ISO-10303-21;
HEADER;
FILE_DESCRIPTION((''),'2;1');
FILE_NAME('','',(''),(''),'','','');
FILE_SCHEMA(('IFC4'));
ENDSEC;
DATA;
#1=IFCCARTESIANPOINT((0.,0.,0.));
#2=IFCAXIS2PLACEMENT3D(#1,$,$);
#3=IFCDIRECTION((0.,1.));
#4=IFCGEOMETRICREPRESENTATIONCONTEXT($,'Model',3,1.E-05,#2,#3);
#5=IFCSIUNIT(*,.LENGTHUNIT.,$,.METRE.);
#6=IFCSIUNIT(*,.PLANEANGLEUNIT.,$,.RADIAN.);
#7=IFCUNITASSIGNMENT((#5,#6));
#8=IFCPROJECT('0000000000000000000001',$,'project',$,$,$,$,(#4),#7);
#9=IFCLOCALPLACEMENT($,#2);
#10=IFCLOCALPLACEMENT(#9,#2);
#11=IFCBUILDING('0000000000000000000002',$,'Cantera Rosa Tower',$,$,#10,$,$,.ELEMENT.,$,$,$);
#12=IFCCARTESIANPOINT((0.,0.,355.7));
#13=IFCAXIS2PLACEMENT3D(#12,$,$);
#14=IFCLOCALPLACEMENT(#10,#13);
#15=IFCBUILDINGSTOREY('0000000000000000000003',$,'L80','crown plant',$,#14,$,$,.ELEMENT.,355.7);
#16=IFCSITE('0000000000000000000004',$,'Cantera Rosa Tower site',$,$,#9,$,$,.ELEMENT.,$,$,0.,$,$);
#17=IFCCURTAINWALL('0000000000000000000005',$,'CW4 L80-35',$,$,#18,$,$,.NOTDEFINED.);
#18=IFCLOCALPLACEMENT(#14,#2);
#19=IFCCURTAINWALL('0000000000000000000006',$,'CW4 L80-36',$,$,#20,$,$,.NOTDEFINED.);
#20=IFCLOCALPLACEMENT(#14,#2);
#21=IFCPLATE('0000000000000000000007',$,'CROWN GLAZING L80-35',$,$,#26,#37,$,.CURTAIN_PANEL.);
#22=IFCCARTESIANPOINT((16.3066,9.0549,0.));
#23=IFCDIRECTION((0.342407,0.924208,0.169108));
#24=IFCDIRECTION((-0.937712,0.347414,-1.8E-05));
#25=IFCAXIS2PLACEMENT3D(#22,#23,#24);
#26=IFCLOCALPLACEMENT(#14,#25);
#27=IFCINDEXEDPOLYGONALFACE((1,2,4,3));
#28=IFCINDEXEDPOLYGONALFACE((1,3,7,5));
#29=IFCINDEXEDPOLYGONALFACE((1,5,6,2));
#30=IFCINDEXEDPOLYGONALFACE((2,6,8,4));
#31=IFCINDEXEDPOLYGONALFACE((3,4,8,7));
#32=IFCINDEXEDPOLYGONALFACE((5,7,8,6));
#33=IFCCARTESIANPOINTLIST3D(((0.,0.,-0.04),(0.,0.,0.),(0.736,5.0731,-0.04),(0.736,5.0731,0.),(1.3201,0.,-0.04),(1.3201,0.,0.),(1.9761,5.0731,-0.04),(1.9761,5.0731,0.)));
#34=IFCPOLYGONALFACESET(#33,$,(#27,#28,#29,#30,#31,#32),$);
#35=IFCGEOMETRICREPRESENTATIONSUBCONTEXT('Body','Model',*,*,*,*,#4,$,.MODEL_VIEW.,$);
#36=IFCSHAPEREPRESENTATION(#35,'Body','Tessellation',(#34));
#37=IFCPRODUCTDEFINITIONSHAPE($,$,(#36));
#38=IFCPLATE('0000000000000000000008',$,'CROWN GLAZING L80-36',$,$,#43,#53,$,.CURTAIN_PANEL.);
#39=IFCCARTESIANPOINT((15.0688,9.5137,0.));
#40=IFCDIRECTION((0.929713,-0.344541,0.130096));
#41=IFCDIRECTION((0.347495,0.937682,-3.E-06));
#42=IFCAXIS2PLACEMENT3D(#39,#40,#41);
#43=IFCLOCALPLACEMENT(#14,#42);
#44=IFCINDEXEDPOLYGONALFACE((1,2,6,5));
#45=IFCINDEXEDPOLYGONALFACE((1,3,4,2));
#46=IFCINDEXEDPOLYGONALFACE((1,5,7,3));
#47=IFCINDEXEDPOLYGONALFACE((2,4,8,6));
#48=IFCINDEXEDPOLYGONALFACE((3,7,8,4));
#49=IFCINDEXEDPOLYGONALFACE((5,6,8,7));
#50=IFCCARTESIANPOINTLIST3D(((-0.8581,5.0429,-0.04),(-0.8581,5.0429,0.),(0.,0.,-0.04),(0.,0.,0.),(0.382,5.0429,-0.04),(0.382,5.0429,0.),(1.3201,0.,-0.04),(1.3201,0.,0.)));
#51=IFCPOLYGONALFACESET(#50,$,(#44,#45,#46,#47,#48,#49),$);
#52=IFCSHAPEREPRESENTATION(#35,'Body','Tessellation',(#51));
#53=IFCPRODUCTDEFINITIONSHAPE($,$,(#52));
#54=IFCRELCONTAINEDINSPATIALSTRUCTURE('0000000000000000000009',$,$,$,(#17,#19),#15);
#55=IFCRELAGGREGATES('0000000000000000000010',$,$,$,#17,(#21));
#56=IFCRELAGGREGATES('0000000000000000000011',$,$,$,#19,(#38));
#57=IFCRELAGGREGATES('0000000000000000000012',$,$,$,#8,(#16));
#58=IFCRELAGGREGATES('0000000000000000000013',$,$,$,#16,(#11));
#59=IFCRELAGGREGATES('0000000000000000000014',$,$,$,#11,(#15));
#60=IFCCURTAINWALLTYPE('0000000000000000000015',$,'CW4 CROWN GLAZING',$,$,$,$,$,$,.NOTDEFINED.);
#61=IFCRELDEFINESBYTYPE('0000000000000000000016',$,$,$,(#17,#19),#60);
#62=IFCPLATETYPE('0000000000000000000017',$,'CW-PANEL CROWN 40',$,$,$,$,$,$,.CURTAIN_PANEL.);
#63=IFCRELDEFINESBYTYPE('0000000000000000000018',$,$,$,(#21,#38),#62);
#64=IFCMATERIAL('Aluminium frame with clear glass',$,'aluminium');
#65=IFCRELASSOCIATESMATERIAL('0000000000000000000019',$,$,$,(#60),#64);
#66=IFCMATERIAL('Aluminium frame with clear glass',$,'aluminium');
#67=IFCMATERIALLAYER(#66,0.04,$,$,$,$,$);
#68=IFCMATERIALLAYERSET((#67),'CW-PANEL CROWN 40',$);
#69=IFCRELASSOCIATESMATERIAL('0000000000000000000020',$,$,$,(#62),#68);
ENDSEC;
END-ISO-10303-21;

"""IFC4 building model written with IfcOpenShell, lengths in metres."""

from ifc_helpers import new_model, si_unit, direction, frame, origin, place, context, subcontext, project, spatial, polyline, outline, extrude, material, layer, layer_set, type_object, element, aggregate, save


model = new_model("IFC4")

# Units and contexts
model_context = context("Model", 3, precision=1e-05, world=origin(), true_north=direction((0.0, 1.0)))
body_context = subcontext(model_context, "Body", "Model", "MODEL_VIEW")
ifc_project = project(units=[si_unit("LENGTHUNIT", "METRE"), si_unit("PLANEANGLEUNIT", "RADIAN")], contexts=[model_context])

# Site, building, storey
site_placement = place(None, origin())
site = spatial("IfcSite", under=ifc_project, at=site_placement, Name="Cantera Rosa Tower site", CompositionType="ELEMENT", RefElevation=0.0)
building_placement = place(site_placement, origin())
building = spatial("IfcBuilding", under=site, at=building_placement, Name="Cantera Rosa Tower", CompositionType="ELEMENT")
storey_placement = place(building_placement, frame((0.0, 0.0, 355.7)))
storey = spatial("IfcBuildingStorey", under=building, at=storey_placement, Name="L80", Description="crown plant", CompositionType="ELEMENT", Elevation=355.7)

# Curtain walls
ifc_material_1 = material(Name="Aluminium frame with clear glass", Category="aluminium")
curtain_wall_type = type_object("IfcCurtainWallType", Name="CW4 CROWN GLAZING", PredefinedType="NOTDEFINED", material=ifc_material_1)
curtain_wall_1_placement = place(storey_placement, origin())
curtain_wall_1 = element("IfcCurtainWall", 1, at=curtain_wall_1_placement, inside=storey, type_object=curtain_wall_type, Name="CW4 L80-35", PredefinedType="NOTDEFINED")
curtain_wall_2_placement = place(storey_placement, origin())
curtain_wall_2 = element("IfcCurtainWall", 2, at=curtain_wall_2_placement, inside=storey, type_object=curtain_wall_type, Name="CW4 L80-36", PredefinedType="NOTDEFINED")

# Plates
ifc_material_2 = material(Name="Aluminium frame with clear glass", Category="aluminium")
ifc_layer_1 = layer(ifc_material_2, 0.04)
ifc_layer_set_1 = layer_set([ifc_layer_1], Name="CW-PANEL CROWN 40")
plate_type = type_object("IfcPlateType", Name="CW-PANEL CROWN 40", PredefinedType="CURTAIN_PANEL", material=ifc_layer_set_1)
plate_1_placement = place(storey_placement, frame((16.3066, 9.0549, 0.0), z_axis=(0.342407, 0.924208, 0.169108), x_axis=(-0.937712, 0.347414, -0.000018)))
plate_1 = element("IfcPlate", 3, at=plate_1_placement, type_object=plate_type, Name="CROWN GLAZING L80-35", PredefinedType="CURTAIN_PANEL", context=body_context, shape_type="SweptSolid", body=[
    extrude(outline(polyline([(0.0, 0.0), (1.3201, 0.0), (1.9761, 5.0731), (0.736, 5.0731), (0.0, 0.0)])), origin(), (0.0, 0.0, -1.0), 0.04),
])
plate_2_placement = place(storey_placement, frame((15.0688, 9.5137, 0.0), z_axis=(0.929713, -0.344541, 0.130096), x_axis=(0.347495, 0.937682, -0.000003)))
plate_2 = element("IfcPlate", 4, at=plate_2_placement, type_object=plate_type, Name="CROWN GLAZING L80-36", PredefinedType="CURTAIN_PANEL", context=body_context, shape_type="SweptSolid", body=[
    extrude(outline(polyline([(0.0, 0.0), (1.3201, 0.0), (0.382, 5.0429), (-0.8581, 5.0429), (0.0, 0.0)])), origin(), (0.0, 0.0, -1.0), 0.04),
])

aggregate(curtain_wall_1, [plate_1])
aggregate(curtain_wall_2, [plate_2])

save(model, "model.ifc")
